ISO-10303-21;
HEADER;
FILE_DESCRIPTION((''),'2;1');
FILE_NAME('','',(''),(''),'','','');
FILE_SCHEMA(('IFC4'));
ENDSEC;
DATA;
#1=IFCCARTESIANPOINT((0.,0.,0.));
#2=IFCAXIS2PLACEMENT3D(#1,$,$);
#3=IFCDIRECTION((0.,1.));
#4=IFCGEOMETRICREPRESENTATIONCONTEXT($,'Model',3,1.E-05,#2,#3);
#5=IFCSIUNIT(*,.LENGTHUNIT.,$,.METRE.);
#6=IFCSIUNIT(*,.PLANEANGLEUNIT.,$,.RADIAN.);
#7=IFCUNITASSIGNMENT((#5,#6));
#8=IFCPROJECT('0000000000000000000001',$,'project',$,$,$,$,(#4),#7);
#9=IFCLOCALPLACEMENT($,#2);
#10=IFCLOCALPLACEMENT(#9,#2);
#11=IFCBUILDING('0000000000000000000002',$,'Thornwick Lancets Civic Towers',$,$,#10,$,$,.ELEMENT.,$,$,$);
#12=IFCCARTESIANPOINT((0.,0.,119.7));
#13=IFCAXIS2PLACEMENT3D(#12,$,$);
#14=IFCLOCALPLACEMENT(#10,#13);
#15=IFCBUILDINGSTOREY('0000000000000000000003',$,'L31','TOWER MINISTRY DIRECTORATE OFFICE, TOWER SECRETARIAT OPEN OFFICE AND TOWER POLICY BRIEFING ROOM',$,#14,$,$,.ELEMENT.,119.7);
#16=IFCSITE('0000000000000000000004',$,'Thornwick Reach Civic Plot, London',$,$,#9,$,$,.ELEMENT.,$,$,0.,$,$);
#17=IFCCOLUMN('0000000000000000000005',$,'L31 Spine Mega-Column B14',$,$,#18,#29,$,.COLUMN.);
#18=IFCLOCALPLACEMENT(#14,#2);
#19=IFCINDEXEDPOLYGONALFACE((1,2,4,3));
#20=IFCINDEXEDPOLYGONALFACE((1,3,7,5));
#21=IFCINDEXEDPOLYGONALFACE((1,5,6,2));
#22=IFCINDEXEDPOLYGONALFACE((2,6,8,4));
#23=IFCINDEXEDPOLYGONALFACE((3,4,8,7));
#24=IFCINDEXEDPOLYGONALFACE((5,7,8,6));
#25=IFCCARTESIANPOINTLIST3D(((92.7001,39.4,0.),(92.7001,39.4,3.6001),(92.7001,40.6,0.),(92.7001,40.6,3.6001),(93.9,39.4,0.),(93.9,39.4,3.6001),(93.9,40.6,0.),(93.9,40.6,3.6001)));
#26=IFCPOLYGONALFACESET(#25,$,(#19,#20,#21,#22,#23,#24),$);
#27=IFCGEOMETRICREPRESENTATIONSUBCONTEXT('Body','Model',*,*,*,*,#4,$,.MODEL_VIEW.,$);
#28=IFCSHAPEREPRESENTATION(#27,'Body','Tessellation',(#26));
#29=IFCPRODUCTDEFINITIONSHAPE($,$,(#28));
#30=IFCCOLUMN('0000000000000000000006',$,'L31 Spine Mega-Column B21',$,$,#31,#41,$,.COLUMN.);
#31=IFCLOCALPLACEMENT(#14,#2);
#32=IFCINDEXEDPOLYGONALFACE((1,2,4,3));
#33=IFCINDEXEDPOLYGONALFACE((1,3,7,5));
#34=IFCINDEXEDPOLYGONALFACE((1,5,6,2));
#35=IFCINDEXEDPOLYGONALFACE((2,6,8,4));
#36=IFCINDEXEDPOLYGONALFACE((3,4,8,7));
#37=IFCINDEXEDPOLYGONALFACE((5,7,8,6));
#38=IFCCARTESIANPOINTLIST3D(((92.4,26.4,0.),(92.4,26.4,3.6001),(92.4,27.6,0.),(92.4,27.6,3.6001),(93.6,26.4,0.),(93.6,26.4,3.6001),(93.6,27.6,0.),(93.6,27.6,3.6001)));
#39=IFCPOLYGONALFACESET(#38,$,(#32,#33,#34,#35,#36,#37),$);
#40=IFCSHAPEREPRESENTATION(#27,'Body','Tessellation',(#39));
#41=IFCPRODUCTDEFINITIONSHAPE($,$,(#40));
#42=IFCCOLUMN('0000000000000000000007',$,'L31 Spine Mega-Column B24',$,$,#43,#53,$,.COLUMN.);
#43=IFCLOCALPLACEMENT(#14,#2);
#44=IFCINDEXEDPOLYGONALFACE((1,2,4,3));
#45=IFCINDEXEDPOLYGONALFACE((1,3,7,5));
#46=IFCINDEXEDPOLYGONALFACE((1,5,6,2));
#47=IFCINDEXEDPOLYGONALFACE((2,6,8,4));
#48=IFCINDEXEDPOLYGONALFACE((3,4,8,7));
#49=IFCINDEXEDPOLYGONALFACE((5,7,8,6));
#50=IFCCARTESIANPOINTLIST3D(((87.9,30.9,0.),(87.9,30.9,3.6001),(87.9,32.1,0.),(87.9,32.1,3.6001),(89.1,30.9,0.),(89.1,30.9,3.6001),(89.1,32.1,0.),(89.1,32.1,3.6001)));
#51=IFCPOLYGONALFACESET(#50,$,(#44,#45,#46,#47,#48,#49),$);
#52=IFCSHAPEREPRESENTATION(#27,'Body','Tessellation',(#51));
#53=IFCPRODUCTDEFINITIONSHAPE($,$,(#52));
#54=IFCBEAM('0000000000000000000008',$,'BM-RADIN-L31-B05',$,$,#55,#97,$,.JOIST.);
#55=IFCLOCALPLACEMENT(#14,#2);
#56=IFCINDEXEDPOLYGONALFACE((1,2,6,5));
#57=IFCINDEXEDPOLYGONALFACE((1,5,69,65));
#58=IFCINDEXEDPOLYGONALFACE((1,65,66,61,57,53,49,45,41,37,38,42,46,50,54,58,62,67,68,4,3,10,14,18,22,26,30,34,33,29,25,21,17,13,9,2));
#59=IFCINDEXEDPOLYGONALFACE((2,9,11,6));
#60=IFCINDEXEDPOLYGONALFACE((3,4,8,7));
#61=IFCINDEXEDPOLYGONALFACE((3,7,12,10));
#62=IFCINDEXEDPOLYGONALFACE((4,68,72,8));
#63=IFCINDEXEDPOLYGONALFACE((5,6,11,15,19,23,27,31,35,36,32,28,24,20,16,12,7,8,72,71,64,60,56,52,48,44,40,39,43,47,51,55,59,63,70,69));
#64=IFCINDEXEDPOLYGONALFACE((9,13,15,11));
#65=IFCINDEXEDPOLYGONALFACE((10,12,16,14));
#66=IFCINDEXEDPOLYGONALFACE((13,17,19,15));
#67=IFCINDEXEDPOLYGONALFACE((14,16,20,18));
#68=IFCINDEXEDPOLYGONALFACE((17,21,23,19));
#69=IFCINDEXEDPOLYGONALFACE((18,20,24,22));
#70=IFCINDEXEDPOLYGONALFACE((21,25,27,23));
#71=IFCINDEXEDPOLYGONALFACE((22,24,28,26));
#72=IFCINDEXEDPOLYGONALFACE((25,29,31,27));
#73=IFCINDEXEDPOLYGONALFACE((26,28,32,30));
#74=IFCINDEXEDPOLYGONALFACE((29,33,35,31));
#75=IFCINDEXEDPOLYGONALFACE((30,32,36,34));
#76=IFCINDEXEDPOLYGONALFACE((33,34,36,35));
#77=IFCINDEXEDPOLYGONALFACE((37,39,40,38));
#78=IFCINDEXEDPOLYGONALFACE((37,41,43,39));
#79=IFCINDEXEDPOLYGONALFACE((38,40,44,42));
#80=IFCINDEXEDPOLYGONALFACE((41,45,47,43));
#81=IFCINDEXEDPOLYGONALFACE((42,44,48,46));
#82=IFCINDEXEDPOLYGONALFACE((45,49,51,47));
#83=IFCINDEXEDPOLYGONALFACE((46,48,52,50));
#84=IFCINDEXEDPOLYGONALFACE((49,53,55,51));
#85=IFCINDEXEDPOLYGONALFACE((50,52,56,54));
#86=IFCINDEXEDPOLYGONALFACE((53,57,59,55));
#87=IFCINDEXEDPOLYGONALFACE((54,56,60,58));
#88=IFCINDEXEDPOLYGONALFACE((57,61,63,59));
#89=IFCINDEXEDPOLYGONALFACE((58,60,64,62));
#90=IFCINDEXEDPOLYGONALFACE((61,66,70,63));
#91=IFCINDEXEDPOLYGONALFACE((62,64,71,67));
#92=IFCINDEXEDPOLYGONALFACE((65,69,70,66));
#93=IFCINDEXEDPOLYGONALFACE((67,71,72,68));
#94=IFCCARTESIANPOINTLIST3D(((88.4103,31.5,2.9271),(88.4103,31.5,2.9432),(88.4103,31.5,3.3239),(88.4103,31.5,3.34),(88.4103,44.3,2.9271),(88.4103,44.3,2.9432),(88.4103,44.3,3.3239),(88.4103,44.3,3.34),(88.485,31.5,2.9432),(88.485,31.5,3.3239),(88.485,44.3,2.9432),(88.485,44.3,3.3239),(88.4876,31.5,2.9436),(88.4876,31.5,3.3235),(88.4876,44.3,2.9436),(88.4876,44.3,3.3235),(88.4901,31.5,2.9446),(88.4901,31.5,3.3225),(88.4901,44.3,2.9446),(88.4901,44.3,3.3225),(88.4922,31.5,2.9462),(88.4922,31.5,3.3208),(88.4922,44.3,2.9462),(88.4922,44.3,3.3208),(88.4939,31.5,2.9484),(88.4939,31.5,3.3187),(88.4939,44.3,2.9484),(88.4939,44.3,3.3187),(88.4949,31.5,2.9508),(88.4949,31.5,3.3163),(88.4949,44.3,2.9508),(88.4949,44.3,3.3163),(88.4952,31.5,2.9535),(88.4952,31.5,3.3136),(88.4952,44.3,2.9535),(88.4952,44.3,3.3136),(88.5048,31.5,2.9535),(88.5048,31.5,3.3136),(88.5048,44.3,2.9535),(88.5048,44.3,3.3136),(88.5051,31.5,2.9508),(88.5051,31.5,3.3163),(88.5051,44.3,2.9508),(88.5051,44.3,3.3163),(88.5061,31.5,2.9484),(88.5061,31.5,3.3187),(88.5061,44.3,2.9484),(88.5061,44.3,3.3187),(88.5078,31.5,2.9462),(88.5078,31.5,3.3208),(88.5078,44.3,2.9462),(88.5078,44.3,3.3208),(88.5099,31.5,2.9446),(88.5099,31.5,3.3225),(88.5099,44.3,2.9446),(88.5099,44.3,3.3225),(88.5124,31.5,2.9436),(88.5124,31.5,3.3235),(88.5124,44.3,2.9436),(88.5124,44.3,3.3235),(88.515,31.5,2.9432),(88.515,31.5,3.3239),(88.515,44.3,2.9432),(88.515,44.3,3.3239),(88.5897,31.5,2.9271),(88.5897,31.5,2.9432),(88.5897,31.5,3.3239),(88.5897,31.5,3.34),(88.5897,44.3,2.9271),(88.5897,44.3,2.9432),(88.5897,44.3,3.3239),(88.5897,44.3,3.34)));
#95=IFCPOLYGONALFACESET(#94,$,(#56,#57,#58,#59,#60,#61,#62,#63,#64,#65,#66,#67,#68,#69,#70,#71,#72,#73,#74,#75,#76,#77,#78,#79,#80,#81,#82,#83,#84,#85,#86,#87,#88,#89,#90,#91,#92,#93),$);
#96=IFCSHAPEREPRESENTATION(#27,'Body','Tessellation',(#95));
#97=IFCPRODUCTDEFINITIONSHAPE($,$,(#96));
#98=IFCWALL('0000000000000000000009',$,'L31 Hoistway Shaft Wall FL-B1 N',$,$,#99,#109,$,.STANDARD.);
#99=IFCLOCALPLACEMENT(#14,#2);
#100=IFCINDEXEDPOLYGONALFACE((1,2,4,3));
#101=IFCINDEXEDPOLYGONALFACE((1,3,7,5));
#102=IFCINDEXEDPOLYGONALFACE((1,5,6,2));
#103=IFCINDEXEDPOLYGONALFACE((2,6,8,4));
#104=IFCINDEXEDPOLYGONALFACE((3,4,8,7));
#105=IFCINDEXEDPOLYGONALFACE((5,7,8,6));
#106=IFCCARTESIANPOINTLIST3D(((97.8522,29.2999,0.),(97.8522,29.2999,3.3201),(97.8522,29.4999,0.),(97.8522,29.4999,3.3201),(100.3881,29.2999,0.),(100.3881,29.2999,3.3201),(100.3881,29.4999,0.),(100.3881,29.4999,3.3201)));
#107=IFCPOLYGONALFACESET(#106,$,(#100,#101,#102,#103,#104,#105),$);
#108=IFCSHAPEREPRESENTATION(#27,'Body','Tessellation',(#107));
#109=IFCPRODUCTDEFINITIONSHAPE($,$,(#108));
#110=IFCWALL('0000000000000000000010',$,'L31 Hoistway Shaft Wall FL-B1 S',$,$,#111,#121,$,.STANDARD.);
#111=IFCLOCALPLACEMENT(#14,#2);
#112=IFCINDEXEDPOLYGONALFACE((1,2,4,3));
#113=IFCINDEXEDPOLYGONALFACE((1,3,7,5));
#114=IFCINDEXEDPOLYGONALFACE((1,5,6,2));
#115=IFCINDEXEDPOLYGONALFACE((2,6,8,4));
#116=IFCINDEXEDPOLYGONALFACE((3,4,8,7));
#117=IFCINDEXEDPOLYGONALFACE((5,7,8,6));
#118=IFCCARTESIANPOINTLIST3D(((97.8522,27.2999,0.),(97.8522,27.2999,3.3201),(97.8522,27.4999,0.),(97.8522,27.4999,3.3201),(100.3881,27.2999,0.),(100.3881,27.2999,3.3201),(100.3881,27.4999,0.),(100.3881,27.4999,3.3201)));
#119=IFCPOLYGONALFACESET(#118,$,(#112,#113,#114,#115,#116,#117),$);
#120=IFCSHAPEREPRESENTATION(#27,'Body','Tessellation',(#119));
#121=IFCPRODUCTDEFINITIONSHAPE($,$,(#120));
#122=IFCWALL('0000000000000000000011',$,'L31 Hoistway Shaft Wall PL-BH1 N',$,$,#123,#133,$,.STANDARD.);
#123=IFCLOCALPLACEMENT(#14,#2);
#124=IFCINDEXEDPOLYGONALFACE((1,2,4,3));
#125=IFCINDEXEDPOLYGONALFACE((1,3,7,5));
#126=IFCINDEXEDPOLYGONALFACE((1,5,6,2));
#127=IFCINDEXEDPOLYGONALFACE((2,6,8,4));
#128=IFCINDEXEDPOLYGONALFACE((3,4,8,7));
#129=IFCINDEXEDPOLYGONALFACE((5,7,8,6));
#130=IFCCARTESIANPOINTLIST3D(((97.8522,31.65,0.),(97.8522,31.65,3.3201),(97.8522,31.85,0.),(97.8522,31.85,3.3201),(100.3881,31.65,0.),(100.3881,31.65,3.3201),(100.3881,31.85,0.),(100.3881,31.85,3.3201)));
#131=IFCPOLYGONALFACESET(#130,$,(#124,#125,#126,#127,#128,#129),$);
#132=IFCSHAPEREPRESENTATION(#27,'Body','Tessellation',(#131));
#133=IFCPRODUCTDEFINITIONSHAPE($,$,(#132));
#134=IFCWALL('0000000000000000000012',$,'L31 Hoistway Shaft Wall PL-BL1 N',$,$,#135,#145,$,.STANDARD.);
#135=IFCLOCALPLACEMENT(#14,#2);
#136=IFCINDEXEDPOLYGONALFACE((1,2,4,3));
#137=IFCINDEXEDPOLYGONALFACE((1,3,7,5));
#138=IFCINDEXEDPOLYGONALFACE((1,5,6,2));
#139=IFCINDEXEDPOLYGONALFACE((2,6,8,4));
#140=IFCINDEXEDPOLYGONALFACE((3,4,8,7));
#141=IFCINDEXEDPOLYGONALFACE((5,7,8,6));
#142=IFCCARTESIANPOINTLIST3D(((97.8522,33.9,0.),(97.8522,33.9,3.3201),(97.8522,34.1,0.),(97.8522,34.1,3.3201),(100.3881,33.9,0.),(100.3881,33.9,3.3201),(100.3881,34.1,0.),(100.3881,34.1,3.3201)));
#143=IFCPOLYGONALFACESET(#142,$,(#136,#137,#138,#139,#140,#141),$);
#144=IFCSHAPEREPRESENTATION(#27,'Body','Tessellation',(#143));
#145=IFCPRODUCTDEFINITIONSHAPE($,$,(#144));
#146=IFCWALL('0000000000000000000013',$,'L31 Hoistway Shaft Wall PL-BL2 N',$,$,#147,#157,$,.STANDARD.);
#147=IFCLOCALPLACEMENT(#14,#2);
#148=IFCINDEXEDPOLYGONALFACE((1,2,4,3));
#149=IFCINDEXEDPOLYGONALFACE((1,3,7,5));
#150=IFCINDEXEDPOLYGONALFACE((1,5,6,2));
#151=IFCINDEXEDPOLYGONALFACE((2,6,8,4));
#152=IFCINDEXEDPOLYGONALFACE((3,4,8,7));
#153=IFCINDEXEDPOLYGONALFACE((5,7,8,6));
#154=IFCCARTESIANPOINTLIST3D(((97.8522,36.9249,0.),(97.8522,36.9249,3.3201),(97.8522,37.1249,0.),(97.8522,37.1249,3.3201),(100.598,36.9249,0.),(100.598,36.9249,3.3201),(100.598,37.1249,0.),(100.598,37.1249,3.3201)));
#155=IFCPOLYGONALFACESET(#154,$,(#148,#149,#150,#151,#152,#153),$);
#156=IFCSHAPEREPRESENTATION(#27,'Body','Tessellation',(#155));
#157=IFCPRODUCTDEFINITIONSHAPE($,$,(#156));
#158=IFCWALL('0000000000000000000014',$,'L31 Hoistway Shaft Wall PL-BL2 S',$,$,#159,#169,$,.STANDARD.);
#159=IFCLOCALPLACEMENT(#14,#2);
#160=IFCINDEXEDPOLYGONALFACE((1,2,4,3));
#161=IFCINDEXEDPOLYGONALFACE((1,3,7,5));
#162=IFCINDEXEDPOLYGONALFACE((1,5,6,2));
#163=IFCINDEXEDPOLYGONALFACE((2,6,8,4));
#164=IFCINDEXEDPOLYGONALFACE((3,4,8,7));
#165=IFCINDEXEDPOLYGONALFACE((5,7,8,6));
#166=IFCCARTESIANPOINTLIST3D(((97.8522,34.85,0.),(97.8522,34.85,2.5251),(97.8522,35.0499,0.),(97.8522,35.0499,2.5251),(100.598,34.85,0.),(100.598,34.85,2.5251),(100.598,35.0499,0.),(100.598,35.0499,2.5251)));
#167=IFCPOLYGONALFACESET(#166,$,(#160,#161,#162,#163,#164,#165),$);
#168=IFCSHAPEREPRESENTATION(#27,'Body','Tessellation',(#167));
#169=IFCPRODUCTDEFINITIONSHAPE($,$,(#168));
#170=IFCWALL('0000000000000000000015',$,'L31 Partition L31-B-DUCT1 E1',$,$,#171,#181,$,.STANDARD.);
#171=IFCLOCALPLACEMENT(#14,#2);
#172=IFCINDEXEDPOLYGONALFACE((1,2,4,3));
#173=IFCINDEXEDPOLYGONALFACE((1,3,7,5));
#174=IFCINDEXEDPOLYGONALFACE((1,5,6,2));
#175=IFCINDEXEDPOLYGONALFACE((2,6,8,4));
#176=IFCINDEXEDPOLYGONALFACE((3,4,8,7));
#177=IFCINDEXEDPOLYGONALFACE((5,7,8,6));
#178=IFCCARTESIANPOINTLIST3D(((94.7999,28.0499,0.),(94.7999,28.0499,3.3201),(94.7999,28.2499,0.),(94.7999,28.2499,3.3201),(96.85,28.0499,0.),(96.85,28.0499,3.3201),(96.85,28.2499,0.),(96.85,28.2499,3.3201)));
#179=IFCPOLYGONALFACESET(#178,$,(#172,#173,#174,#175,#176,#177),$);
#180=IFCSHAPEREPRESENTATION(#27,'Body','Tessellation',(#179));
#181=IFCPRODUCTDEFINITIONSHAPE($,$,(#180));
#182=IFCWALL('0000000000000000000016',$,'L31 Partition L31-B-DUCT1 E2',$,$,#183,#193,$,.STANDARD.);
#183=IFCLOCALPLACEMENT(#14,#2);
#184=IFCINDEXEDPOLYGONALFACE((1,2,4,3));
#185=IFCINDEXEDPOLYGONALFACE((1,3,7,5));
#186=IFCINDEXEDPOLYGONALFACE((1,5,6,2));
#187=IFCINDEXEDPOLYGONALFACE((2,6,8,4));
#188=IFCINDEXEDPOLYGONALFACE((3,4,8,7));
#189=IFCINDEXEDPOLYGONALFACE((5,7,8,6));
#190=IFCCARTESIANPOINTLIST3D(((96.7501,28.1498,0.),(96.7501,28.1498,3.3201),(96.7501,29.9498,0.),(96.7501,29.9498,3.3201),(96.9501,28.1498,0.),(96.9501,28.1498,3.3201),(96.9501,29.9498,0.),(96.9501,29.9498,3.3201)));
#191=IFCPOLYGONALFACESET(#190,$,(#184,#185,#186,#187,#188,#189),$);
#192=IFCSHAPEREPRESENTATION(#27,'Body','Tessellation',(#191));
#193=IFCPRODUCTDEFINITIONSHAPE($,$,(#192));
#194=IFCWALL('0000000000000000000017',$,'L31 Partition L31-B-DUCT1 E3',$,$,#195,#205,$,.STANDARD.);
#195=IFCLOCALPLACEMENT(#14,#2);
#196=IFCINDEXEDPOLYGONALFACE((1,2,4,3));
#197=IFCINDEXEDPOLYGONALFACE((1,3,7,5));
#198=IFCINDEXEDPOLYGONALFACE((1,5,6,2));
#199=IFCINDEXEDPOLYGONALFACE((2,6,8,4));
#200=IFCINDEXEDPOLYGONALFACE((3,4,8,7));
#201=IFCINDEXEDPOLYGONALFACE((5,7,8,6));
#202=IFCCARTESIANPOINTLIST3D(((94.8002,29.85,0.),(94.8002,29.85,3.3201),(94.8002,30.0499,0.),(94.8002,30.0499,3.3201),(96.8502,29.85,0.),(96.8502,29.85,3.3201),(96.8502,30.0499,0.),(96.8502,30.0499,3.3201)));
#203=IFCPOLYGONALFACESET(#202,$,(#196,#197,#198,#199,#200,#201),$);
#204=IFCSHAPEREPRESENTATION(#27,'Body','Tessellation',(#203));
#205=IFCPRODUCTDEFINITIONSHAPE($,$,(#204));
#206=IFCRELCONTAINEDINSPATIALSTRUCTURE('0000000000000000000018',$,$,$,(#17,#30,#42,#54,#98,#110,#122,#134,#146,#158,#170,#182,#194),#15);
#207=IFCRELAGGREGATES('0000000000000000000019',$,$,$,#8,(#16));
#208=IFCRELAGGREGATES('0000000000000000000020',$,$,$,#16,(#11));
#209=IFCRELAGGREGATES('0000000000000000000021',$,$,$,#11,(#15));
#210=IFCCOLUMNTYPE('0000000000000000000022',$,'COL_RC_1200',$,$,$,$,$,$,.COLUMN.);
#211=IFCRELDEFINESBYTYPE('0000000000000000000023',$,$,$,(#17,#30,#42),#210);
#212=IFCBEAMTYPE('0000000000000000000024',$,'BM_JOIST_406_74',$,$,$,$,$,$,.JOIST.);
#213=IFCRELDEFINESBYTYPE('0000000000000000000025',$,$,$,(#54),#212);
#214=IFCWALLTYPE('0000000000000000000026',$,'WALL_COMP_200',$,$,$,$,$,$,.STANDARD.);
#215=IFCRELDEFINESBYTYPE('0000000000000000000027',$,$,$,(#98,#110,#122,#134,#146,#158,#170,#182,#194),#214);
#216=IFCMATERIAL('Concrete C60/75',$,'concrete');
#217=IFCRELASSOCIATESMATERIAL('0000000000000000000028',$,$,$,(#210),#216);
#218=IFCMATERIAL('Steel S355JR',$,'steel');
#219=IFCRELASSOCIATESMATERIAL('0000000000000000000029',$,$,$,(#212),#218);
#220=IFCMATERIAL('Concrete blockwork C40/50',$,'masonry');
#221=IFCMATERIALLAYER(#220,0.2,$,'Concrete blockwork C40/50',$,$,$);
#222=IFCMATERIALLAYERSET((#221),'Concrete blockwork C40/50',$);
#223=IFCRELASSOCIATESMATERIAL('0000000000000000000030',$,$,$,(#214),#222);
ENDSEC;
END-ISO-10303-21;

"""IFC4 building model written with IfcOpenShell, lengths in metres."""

from ifc_helpers import new_model, si_unit, direction, frame, frame_2d, origin, origin_2d, place, context, subcontext, project, spatial, rectangle, i_section, extrude, material, layer, layer_set, material_profile, profile_set, type_object, element, save


model = new_model("IFC4")

# Units and contexts
model_context = context("Model", 3, precision=1e-05, world=origin(), true_north=direction((0.0, 1.0)))
body_context = subcontext(model_context, "Body", "Model", "MODEL_VIEW")
ifc_project = project(units=[si_unit("LENGTHUNIT", "METRE"), si_unit("PLANEANGLEUNIT", "RADIAN")], contexts=[model_context])

# Site, building, storey
site_placement = place(None, origin())
site = spatial("IfcSite", under=ifc_project, at=site_placement, Name="Thornwick Reach Civic Plot, London", CompositionType="ELEMENT", RefElevation=0.0)
building_placement = place(site_placement, origin())
building = spatial("IfcBuilding", under=site, at=building_placement, Name="Thornwick Lancets Civic Towers", CompositionType="ELEMENT")
storey_placement = place(building_placement, frame((0.0, 0.0, 119.7)))
storey = spatial("IfcBuildingStorey", under=building, at=storey_placement, Name="L31", Description="TOWER MINISTRY DIRECTORATE OFFICE, TOWER SECRETARIAT OPEN OFFICE AND TOWER POLICY BRIEFING ROOM", CompositionType="ELEMENT", Elevation=119.7)

# Columns
ifc_material_1 = material(Name="Concrete C60/75", Category="concrete")
ifc_material_profile_1 = material_profile(ifc_material_1, rectangle(XDim=1.2, YDim=1.2, at=origin_2d()), Name="RC 1200x1200")
ifc_profile_set_1 = profile_set([ifc_material_profile_1], Name="Concrete C60/75")
column_type = type_object("IfcColumnType", Name="COL_RC_1200", PredefinedType="COLUMN", material=ifc_profile_set_1)
for number, where, z_axis, x_axis, name in (
    (1, (93.3, 40.0, 0.0), (0.0, 0.0, 1.0), (1.0, 0.0, 0.0), "L31 Spine Mega-Column B14"),
    (2, (93.0, 27.0, 0.0), (0.0, 0.0, 1.0), (1.0, 0.0, 0.0), "L31 Spine Mega-Column B21"),
    (3, (88.5, 31.5, 0.0), (0.0, 0.0, 1.0), (1.0, 0.0, 0.0), "L31 Spine Mega-Column B24"),
):
    element("IfcColumn", number, at=place(storey_placement, frame(where, z_axis=z_axis, x_axis=x_axis)), inside=storey, type_object=column_type, Name=name, PredefinedType="COLUMN", context=body_context, shape_type="SweptSolid", body=[
        extrude(rectangle(XDim=1.2, YDim=1.2, at=origin_2d()), origin(), (0.0, 0.0, 1.0), 3.6001),
    ])

# Beam
ifc_material_2 = material(Name="Steel S355JR", Category="steel")
ifc_material_profile_2 = material_profile(ifc_material_2, i_section(OverallWidth=0.1794, OverallDepth=0.4128, WebThickness=0.0095, FlangeThickness=0.0161, FilletRadius=0.0103, at=origin_2d()), Name="UKB 406x178x74")
ifc_profile_set_2 = profile_set([ifc_material_profile_2], Name="Steel S355JR")
beam_type = type_object("IfcBeamType", Name="BM_JOIST_406_74", PredefinedType="JOIST", material=ifc_profile_set_2)
beam_placement = place(storey_placement, frame((88.5, 31.5, 3.1335), z_axis=(0.0, 1.0, 0.0), x_axis=(-1.0, 0.0, 0.0)))
element("IfcBeam", 4, at=beam_placement, inside=storey, type_object=beam_type, Name="BM-RADIN-L31-B05", PredefinedType="JOIST", context=body_context, shape_type="SweptSolid", body=[
    extrude(i_section(OverallWidth=0.1794, OverallDepth=0.4128, WebThickness=0.0095, FlangeThickness=0.0161, FilletRadius=0.0103, at=origin_2d()), origin(), (0.0, 0.0, 1.0), 12.8),
])

# Walls
ifc_material_3 = material(Name="Concrete blockwork C40/50", Category="masonry")
ifc_layer_1 = layer(ifc_material_3, 0.2, Name="Concrete blockwork C40/50")
ifc_layer_set_1 = layer_set([ifc_layer_1], Name="Concrete blockwork C40/50")
wall_type_1 = type_object("IfcWallType", Name="WALL_COMP_200", PredefinedType="STANDARD", material=ifc_layer_set_1)
for number, where, z_axis, x_axis, name in (
    (5, (97.8521, 29.3999, 0.0), (0.0, 0.0, 1.0), (1.0, 0.0, 0.0), "L31 Hoistway Shaft Wall FL-B1 N"),
    (6, (97.8521, 27.3999, 0.0), (0.0, 0.0, 1.0), (1.0, 0.0, 0.0), "L31 Hoistway Shaft Wall FL-B1 S"),
    (7, (97.8521, 31.75, 0.0), (0.0, 0.0, 1.0), (1.0, 0.0, 0.0), "L31 Hoistway Shaft Wall PL-BH1 N"),
    (8, (97.8521, 34.0, 0.0), (0.0, 0.0, 1.0), (1.0, 0.0, 0.0), "L31 Hoistway Shaft Wall PL-BL1 N"),
):
    element("IfcWall", number, at=place(storey_placement, frame(where, z_axis=z_axis, x_axis=x_axis)), inside=storey, type_object=wall_type_1, Name=name, PredefinedType="STANDARD", context=body_context, shape_type="SweptSolid", body=[
        extrude(rectangle(XDim=2.5359, YDim=0.2, at=frame_2d((1.2681, 0.0))), origin(), (0.0, 0.0, 1.0), 3.3201),
    ])
wall_1_placement = place(storey_placement, frame((97.8521, 37.0249, 0.0), z_axis=(0.0, 0.0, 1.0), x_axis=(1.0, 0.0, 0.0)))
element("IfcWall", 9, at=wall_1_placement, inside=storey, type_object=wall_type_1, Name="L31 Hoistway Shaft Wall PL-BL2 N", PredefinedType="STANDARD", context=body_context, shape_type="SweptSolid", body=[
    extrude(rectangle(XDim=2.7458, YDim=0.2, at=frame_2d((1.373, 0.0))), origin(), (0.0, 0.0, 1.0), 3.3201),
])
wall_2_placement = place(storey_placement, frame((97.8521, 34.95, 0.0), z_axis=(0.0, 0.0, 1.0), x_axis=(1.0, 0.0, 0.0)))
element("IfcWall", 10, at=wall_2_placement, inside=storey, type_object=wall_type_1, Name="L31 Hoistway Shaft Wall PL-BL2 S", PredefinedType="STANDARD", context=body_context, shape_type="SweptSolid", body=[
    extrude(rectangle(XDim=2.7458, YDim=0.2, at=frame_2d((1.373, 0.0))), origin(), (0.0, 0.0, 1.0), 2.5251),
])
wall_3_placement = place(storey_placement, frame((94.8, 28.1499, 0.0), z_axis=(0.0, 0.0, 1.0), x_axis=(1.0, 0.0, 0.0)))
element("IfcWall", 11, at=wall_3_placement, inside=storey, type_object=wall_type_1, Name="L31 Partition L31-B-DUCT1 E1", PredefinedType="STANDARD", context=body_context, shape_type="SweptSolid", body=[
    extrude(rectangle(XDim=2.05, YDim=0.2, at=frame_2d((1.0249, 0.0))), origin(), (0.0, 0.0, 1.0), 3.3201),
])
wall_4_placement = place(storey_placement, frame((96.8501, 28.1499, 0.0), z_axis=(0.0, 0.0, 1.0), x_axis=(0.0, 1.0, 0.0)))
element("IfcWall", 12, at=wall_4_placement, inside=storey, type_object=wall_type_1, Name="L31 Partition L31-B-DUCT1 E2", PredefinedType="STANDARD", context=body_context, shape_type="SweptSolid", body=[
    extrude(rectangle(XDim=1.8, YDim=0.2, at=frame_2d((0.8999, 0.0))), origin(), (0.0, 0.0, 1.0), 3.3201),
])
wall_5_placement = place(storey_placement, frame((96.8501, 29.95, 0.0), z_axis=(0.0, 0.0, 1.0), x_axis=(-1.0, 0.0, 0.0)))
element("IfcWall", 13, at=wall_5_placement, inside=storey, type_object=wall_type_1, Name="L31 Partition L31-B-DUCT1 E3", PredefinedType="STANDARD", context=body_context, shape_type="SweptSolid", body=[
    extrude(rectangle(XDim=2.05, YDim=0.2, at=frame_2d((1.0249, 0.0))), origin(), (0.0, 0.0, 1.0), 3.3201),
])

save(model, "model.ifc")
